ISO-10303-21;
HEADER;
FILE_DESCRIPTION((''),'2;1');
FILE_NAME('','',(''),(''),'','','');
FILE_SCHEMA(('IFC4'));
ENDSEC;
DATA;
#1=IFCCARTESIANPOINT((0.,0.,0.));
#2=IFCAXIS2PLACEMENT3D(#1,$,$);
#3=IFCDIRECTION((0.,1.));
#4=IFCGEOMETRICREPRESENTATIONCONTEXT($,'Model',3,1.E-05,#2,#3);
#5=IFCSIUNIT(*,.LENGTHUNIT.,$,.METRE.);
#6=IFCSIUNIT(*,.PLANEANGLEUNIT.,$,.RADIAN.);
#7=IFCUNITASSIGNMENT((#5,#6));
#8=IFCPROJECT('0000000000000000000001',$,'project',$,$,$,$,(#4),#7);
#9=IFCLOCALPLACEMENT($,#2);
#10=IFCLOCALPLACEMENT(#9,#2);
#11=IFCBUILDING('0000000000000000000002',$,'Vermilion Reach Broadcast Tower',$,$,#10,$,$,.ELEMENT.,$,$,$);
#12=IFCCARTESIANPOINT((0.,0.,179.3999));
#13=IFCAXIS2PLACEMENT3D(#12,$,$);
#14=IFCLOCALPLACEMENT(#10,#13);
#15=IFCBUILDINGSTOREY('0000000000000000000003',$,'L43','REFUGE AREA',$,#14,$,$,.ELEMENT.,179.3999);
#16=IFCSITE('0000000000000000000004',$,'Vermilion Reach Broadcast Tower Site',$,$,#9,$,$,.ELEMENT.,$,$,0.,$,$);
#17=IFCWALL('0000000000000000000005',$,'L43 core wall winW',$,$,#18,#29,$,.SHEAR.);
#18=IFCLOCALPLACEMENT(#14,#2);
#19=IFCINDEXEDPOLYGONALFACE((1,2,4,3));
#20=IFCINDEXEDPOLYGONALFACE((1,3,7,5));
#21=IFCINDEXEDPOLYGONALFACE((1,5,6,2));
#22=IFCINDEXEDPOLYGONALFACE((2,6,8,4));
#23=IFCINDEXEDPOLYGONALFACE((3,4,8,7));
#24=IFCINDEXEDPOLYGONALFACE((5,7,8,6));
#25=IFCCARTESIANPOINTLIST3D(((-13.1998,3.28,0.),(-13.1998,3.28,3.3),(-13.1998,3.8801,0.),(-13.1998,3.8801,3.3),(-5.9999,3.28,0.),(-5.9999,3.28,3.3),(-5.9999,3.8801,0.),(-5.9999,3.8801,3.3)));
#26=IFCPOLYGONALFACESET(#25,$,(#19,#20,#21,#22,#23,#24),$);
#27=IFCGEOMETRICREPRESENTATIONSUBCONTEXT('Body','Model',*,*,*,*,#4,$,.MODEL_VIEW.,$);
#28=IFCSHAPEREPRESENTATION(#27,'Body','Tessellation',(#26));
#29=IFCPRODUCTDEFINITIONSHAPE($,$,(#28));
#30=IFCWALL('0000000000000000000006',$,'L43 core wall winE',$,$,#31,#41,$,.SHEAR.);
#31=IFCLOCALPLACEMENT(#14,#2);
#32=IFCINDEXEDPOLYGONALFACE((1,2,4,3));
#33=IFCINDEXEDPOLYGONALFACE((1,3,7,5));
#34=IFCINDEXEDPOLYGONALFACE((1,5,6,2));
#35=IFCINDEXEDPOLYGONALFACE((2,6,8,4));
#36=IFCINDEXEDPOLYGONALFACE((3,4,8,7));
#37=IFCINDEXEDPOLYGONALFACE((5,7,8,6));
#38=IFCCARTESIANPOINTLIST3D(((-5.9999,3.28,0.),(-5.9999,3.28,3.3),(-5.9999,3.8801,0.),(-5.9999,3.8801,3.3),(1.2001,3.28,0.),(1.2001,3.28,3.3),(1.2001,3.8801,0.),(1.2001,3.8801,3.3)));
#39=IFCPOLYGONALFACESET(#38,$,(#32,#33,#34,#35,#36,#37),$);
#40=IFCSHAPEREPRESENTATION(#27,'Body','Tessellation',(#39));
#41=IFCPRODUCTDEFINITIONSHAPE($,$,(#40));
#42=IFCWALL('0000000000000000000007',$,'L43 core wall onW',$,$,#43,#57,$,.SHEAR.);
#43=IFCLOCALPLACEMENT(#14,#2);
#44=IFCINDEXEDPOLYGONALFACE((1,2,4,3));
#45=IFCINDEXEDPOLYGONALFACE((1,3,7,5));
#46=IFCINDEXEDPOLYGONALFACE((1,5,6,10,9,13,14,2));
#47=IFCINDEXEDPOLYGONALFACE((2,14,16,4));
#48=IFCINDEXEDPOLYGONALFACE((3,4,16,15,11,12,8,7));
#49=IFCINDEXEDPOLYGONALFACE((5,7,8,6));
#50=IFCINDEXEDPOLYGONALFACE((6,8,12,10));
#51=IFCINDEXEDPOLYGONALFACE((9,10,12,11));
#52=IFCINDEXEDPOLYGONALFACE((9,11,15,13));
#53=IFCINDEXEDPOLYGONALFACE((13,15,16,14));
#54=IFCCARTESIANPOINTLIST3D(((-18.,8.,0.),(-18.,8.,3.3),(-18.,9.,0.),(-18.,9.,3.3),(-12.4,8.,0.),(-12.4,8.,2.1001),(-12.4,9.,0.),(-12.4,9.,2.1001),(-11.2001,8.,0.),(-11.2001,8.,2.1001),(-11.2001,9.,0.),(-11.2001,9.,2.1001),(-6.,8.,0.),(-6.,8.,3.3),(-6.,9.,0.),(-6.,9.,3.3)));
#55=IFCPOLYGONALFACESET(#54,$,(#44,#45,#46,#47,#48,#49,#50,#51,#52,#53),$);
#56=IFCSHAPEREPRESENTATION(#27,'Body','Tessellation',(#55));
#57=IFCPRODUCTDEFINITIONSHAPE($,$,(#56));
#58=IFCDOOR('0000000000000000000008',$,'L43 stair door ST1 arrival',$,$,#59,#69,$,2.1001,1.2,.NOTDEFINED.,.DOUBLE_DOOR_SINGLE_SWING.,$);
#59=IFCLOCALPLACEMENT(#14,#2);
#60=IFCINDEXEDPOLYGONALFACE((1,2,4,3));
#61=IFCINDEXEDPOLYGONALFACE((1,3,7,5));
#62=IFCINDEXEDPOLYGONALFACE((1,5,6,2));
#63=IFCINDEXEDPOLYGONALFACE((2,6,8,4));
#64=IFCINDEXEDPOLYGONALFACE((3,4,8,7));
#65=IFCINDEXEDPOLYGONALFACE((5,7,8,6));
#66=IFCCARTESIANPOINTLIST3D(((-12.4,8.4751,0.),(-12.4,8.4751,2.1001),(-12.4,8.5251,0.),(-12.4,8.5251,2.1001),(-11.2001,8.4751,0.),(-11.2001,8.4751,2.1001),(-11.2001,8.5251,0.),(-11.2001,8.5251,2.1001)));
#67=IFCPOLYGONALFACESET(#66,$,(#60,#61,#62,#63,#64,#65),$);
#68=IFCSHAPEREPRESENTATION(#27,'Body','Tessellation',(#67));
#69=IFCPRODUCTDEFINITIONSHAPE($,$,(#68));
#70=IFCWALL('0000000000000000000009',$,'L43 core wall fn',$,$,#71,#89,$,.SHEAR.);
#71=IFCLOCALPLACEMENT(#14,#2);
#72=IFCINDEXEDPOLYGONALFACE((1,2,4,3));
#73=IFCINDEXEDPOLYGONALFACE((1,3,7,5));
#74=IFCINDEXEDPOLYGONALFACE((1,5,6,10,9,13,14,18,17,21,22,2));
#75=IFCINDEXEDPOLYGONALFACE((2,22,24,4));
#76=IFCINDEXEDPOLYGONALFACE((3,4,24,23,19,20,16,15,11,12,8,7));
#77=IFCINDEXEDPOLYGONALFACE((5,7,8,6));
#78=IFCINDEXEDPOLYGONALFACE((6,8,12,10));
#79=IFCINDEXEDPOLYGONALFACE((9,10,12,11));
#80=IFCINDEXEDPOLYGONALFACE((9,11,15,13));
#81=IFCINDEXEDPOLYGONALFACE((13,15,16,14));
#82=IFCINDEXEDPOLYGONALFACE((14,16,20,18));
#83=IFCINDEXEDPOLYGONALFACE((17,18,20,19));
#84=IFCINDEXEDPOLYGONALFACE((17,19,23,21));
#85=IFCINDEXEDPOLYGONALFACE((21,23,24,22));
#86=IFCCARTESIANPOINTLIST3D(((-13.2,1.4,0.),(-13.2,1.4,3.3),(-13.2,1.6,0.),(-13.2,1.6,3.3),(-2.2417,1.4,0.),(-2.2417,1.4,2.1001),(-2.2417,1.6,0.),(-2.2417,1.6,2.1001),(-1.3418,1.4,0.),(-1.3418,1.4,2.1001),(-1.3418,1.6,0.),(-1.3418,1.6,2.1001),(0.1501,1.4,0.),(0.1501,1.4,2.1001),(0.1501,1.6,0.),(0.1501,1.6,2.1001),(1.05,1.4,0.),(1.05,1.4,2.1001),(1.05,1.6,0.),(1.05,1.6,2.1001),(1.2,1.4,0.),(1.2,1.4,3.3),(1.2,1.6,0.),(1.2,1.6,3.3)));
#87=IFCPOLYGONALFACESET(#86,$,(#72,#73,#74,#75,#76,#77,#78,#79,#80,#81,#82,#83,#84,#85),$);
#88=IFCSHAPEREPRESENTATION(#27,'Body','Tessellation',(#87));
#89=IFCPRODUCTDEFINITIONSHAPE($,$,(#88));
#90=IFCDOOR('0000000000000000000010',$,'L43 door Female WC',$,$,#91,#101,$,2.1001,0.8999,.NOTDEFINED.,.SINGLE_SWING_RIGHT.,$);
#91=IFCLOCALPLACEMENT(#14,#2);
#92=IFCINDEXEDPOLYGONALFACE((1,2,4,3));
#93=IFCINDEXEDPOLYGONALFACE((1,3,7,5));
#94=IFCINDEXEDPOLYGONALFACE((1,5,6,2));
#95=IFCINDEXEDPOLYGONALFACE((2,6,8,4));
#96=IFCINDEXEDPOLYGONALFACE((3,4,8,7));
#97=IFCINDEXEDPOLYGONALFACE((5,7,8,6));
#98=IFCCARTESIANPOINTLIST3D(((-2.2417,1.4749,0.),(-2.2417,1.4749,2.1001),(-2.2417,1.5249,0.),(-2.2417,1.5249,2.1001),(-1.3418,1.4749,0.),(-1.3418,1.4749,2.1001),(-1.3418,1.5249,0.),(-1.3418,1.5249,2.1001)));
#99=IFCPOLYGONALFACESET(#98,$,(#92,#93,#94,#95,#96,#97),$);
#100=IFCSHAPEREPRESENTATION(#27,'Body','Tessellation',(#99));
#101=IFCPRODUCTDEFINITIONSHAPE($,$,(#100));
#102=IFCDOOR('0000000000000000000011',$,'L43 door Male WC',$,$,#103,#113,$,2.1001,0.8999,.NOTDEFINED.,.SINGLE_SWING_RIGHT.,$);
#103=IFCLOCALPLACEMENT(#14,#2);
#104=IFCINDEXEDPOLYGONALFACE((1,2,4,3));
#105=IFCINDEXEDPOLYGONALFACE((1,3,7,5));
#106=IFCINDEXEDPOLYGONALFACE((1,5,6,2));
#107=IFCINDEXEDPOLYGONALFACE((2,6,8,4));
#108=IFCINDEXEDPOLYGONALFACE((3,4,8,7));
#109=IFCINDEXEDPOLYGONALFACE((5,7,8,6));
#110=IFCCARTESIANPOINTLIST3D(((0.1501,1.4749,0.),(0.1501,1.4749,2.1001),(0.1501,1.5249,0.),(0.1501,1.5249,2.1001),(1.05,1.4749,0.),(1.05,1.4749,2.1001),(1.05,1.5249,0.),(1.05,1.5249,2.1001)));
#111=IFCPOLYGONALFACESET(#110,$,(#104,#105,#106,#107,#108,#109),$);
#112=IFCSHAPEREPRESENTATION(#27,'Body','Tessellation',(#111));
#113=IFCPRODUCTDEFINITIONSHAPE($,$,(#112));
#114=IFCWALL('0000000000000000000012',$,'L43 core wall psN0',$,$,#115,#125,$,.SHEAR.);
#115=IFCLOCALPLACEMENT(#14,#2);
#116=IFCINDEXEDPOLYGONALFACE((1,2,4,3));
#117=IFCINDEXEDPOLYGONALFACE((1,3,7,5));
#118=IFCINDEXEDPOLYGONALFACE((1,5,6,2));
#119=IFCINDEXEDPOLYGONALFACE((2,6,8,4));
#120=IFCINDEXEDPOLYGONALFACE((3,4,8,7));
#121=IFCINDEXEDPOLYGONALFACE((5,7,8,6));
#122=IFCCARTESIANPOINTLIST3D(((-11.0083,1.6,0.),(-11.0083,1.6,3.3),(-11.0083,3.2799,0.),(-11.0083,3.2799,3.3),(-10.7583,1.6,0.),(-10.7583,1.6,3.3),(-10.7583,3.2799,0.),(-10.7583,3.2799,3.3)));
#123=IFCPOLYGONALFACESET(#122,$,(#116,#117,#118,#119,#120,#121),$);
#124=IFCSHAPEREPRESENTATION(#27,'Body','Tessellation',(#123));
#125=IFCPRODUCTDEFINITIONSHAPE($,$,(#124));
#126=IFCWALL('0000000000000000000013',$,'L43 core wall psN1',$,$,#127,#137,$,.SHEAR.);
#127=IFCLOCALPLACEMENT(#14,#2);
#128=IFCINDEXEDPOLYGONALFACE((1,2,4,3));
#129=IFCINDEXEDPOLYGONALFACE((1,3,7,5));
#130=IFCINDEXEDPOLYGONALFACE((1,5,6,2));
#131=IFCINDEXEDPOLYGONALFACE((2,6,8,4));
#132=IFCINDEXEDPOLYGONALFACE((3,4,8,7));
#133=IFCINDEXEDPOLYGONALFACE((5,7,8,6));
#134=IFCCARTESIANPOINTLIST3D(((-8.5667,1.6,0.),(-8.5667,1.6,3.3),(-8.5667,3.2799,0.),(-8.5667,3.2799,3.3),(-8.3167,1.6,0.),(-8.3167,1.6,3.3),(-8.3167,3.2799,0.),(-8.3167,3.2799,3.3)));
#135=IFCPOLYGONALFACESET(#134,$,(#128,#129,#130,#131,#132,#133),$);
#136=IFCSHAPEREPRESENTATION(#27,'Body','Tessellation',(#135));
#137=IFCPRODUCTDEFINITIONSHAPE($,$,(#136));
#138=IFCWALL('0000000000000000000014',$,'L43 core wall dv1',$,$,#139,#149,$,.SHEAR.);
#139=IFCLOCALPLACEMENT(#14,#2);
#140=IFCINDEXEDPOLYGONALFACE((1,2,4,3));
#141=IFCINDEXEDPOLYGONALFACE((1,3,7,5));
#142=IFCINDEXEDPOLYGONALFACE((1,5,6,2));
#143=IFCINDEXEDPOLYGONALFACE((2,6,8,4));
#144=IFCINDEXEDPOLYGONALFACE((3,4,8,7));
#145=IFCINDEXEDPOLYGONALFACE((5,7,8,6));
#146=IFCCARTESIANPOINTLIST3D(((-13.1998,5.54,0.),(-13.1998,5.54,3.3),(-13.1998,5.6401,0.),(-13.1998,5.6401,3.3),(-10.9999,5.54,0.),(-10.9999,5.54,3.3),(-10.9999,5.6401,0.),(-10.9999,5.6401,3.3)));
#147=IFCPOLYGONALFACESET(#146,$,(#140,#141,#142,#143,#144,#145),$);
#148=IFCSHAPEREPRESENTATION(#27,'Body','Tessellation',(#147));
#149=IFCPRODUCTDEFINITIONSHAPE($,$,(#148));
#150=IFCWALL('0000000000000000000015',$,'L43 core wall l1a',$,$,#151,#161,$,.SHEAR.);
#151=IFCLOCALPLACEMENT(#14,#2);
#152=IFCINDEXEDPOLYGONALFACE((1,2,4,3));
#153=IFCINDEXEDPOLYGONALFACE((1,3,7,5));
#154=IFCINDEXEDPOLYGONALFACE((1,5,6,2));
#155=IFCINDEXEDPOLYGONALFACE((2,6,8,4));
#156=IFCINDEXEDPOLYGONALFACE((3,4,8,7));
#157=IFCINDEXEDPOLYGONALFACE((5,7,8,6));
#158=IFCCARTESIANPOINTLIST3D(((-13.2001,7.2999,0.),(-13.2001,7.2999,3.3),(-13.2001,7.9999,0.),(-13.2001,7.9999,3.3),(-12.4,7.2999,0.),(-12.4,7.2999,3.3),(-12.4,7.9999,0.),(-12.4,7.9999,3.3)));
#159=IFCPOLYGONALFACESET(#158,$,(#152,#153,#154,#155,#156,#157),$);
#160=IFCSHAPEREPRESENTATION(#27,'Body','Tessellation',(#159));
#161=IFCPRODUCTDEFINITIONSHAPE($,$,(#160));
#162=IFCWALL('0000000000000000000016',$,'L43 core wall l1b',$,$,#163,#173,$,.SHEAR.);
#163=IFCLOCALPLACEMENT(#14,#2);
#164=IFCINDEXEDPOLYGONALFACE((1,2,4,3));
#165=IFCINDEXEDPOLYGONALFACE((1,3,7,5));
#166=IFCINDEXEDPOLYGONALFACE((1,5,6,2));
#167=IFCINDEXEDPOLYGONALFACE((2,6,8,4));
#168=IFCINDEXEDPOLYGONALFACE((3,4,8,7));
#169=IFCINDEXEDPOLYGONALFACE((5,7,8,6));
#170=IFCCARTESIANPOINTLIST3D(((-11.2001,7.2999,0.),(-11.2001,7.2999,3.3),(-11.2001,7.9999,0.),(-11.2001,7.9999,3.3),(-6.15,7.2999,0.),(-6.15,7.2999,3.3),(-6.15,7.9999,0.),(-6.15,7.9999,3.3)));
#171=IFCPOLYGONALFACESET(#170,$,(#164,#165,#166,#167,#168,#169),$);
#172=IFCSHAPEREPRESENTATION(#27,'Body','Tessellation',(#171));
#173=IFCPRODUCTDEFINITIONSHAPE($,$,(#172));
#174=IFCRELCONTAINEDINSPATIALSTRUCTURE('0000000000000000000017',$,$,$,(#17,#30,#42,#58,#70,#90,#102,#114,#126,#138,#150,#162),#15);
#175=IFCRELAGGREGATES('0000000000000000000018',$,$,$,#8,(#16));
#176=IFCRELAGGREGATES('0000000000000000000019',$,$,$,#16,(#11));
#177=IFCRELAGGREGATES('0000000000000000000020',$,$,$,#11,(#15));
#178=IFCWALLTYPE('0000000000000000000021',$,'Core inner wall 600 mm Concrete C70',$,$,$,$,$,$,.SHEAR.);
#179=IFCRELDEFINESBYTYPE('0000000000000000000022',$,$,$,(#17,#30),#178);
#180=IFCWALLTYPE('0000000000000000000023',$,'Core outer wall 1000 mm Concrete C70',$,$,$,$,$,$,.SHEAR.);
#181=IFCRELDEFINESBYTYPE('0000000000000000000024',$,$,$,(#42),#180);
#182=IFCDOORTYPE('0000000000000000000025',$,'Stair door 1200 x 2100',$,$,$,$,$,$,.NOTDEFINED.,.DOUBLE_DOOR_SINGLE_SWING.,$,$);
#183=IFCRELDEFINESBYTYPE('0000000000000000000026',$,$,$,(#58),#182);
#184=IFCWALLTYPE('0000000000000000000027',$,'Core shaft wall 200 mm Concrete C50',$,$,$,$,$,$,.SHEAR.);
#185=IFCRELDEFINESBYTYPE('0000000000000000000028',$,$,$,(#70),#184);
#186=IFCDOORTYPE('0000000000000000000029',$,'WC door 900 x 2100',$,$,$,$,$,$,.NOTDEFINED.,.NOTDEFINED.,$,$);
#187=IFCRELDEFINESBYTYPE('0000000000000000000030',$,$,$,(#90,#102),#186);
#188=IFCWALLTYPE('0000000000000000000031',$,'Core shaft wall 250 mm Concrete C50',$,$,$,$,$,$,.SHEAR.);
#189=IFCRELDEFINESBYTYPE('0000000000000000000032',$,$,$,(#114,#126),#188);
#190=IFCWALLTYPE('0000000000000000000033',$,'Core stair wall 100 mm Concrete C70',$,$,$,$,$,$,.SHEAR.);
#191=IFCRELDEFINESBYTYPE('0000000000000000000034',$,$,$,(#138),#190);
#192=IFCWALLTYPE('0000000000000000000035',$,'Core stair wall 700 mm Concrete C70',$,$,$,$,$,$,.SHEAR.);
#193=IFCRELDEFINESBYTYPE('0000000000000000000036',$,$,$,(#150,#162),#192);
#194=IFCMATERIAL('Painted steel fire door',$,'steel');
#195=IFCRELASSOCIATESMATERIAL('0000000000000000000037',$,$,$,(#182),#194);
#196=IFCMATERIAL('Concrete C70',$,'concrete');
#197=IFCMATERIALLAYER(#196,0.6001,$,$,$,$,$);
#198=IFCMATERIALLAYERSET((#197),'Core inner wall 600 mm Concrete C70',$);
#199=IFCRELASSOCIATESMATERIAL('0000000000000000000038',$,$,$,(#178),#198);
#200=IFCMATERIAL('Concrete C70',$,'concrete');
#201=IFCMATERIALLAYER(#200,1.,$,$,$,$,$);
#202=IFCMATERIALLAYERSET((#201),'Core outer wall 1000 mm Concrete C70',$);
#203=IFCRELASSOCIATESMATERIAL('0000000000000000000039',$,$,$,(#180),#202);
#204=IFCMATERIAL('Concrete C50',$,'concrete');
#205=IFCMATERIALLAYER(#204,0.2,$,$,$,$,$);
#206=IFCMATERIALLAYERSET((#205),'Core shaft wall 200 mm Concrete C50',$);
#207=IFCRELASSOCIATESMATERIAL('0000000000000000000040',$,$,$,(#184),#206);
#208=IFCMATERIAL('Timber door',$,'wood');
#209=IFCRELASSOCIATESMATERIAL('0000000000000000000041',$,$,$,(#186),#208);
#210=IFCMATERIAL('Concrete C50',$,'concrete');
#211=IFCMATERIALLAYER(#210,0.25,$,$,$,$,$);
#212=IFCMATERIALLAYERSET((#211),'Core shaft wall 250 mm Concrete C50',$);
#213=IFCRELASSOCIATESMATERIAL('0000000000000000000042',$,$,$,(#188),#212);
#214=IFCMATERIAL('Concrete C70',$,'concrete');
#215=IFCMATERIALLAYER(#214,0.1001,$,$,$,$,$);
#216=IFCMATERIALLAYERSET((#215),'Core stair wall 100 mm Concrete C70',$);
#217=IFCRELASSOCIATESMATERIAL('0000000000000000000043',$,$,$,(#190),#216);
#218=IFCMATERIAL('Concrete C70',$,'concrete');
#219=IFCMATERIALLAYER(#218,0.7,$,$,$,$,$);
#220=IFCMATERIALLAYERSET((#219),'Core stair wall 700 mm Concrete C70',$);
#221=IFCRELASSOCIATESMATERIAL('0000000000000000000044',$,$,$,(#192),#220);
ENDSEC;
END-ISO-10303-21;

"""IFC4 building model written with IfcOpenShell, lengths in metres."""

from ifc_helpers import new_model, si_unit, direction, frame, frame_2d, origin, place, context, subcontext, project, spatial, rectangle, extrude, material, layer, layer_set, type_object, element, fill, save


model = new_model("IFC4")

# Units and contexts
model_context = context("Model", 3, precision=1e-05, world=origin(), true_north=direction((0.0, 1.0)))
body_context = subcontext(model_context, "Body", "Model", "MODEL_VIEW")
ifc_project = project(units=[si_unit("LENGTHUNIT", "METRE"), si_unit("PLANEANGLEUNIT", "RADIAN")], contexts=[model_context])

# Site, building, storey
site_placement = place(None, origin())
site = spatial("IfcSite", under=ifc_project, at=site_placement, Name="Vermilion Reach Broadcast Tower Site", CompositionType="ELEMENT", RefElevation=0.0)
building_placement = place(site_placement, origin())
building = spatial("IfcBuilding", under=site, at=building_placement, Name="Vermilion Reach Broadcast Tower", CompositionType="ELEMENT")
storey_placement = place(building_placement, frame((0.0, 0.0, 179.3999)))
storey = spatial("IfcBuildingStorey", under=building, at=storey_placement, Name="L43", Description="REFUGE AREA", CompositionType="ELEMENT", Elevation=179.3999)

# Shared definitions
ifc_material_1 = material(Name="Painted steel fire door", Category="steel")
door_type_1 = type_object("IfcDoorType", Name="Stair door 1200 x 2100", OperationType="DOUBLE_DOOR_SINGLE_SWING", PredefinedType="NOTDEFINED", material=ifc_material_1)

# Walls
ifc_material_2 = material(Name="Concrete C70", Category="concrete")
ifc_layer_1 = layer(ifc_material_2, 0.6001)
ifc_layer_set_1 = layer_set([ifc_layer_1], Name="Core inner wall 600 mm Concrete C70")
wall_type_1 = type_object("IfcWallType", Name="Core inner wall 600 mm Concrete C70", PredefinedType="SHEAR", material=ifc_layer_set_1)
for number, where, z_axis, x_axis, name in (
    (1, (-13.2, 3.5801, 0.0), (0.0, 0.0, 1.0), (1.0, 0.0, 0.0), "L43 core wall winW"),
    (2, (-6.0, 3.5801, 0.0), (0.0, 0.0, 1.0), (1.0, 0.0, 0.0), "L43 core wall winE"),
):
    element("IfcWall", number, at=place(storey_placement, frame(where, z_axis=z_axis, x_axis=x_axis)), inside=storey, type_object=wall_type_1, Name=name, PredefinedType="SHEAR", context=body_context, shape_type="SweptSolid", body=[
        extrude(rectangle(XDim=7.2, YDim=0.6001, at=frame_2d((3.6001, 0.0))), origin(), (0.0, 0.0, 1.0), 3.3),
    ])

# Wall, opening, door
ifc_material_3 = material(Name="Concrete C70", Category="concrete")
ifc_layer_2 = layer(ifc_material_3, 1.0)
ifc_layer_set_2 = layer_set([ifc_layer_2], Name="Core outer wall 1000 mm Concrete C70")
wall_type_2 = type_object("IfcWallType", Name="Core outer wall 1000 mm Concrete C70", PredefinedType="SHEAR", material=ifc_layer_set_2)
wall_1_placement = place(storey_placement, frame((-6.0, 8.5, 0.0), z_axis=(0.0, 0.0, 1.0), x_axis=(-1.0, 0.0, 0.0)))
wall_1 = element("IfcWall", 3, at=wall_1_placement, inside=storey, type_object=wall_type_2, Name="L43 core wall onW", PredefinedType="SHEAR", context=body_context, shape_type="SweptSolid", body=[
    extrude(rectangle(XDim=12.0, YDim=1.0, at=frame_2d((6.0, 0.0))), origin(), (0.0, 0.0, 1.0), 3.3),
])
opening_1_placement = place(wall_1_placement, frame((5.2, 0.0, 0.0)))
opening_1 = element("IfcOpeningElement", 4, at=opening_1_placement, cuts=wall_1, PredefinedType="OPENING", context=body_context, shape_type="SweptSolid", body=[
    extrude(rectangle(XDim=1.2, YDim=2.1001, at=frame_2d((0.6001, 1.05))), frame((0.0, 0.51, 0.0), z_axis=(0.0, -1.0, 0.0), x_axis=(1.0, 0.0, 0.0)), (0.0, 0.0, 1.0), 1.02),
])
door_1_placement = place(opening_1_placement, origin())
door_1 = element("IfcDoor", 5, at=door_1_placement, inside=storey, type_object=door_type_1, Name="L43 stair door ST1 arrival", OperationType="DOUBLE_DOOR_SINGLE_SWING", OverallHeight=2.1001, OverallWidth=1.2, PredefinedType="NOTDEFINED", context=body_context, shape_type="SweptSolid", body=[
    extrude(rectangle(XDim=1.2, YDim=2.1001, at=frame_2d((0.6001, 1.05))), frame((0.0, 0.0249, 0.0), z_axis=(0.0, -1.0, 0.0), x_axis=(1.0, 0.0, 0.0)), (0.0, 0.0, 1.0), 0.05),
])
fill(opening_1, door_1)

# Wall, openings, doors
ifc_material_4 = material(Name="Concrete C50", Category="concrete")
ifc_layer_3 = layer(ifc_material_4, 0.2)
ifc_layer_set_3 = layer_set([ifc_layer_3], Name="Core shaft wall 200 mm Concrete C50")
wall_type_3 = type_object("IfcWallType", Name="Core shaft wall 200 mm Concrete C50", PredefinedType="SHEAR", material=ifc_layer_set_3)
wall_2_placement = place(storey_placement, frame((-13.2, 1.5, 0.0), z_axis=(0.0, 0.0, 1.0), x_axis=(1.0, 0.0, 0.0)))
wall_2 = element("IfcWall", 6, at=wall_2_placement, inside=storey, type_object=wall_type_3, Name="L43 core wall fn", PredefinedType="SHEAR", context=body_context, shape_type="SweptSolid", body=[
    extrude(rectangle(XDim=14.3999, YDim=0.2, at=frame_2d((7.2, 0.0))), origin(), (0.0, 0.0, 1.0), 3.3),
])
opening_2_placement = place(wall_2_placement, frame((10.9583, 0.0, 0.0)))
opening_2 = element("IfcOpeningElement", 7, at=opening_2_placement, cuts=wall_2, PredefinedType="OPENING", context=body_context, shape_type="SweptSolid", body=[
    extrude(rectangle(XDim=0.8999, YDim=2.1001, at=frame_2d((0.45, 1.05))), frame((0.0, 0.1099, 0.0), z_axis=(0.0, -1.0, 0.0), x_axis=(1.0, 0.0, 0.0)), (0.0, 0.0, 1.0), 0.22),
])
opening_3_placement = place(wall_2_placement, frame((13.3501, 0.0, 0.0)))
opening_3 = element("IfcOpeningElement", 8, at=opening_3_placement, cuts=wall_2, PredefinedType="OPENING", context=body_context, shape_type="SweptSolid", body=[
    extrude(rectangle(XDim=0.8999, YDim=2.1001, at=frame_2d((0.45, 1.05))), frame((0.0, 0.1099, 0.0), z_axis=(0.0, -1.0, 0.0), x_axis=(1.0, 0.0, 0.0)), (0.0, 0.0, 1.0), 0.22),
])
ifc_material_5 = material(Name="Timber door", Category="wood")
door_type_2 = type_object("IfcDoorType", Name="WC door 900 x 2100", OperationType="NOTDEFINED", PredefinedType="NOTDEFINED", material=ifc_material_5)
door_2_placement = place(opening_2_placement, origin())
door_2 = element("IfcDoor", 9, at=door_2_placement, inside=storey, type_object=door_type_2, Name="L43 door Female WC", OperationType="SINGLE_SWING_RIGHT", OverallHeight=2.1001, OverallWidth=0.8999, PredefinedType="NOTDEFINED", context=body_context, shape_type="SweptSolid", body=[
    extrude(rectangle(XDim=0.8999, YDim=2.1001, at=frame_2d((0.45, 1.05))), frame((0.0, 0.0249, 0.0), z_axis=(0.0, -1.0, 0.0), x_axis=(1.0, 0.0, 0.0)), (0.0, 0.0, 1.0), 0.05),
])
fill(opening_2, door_2)
door_3_placement = place(opening_3_placement, origin())
door_3 = element("IfcDoor", 10, at=door_3_placement, inside=storey, type_object=door_type_2, Name="L43 door Male WC", OperationType="SINGLE_SWING_RIGHT", OverallHeight=2.1001, OverallWidth=0.8999, PredefinedType="NOTDEFINED", context=body_context, shape_type="SweptSolid", body=[
    extrude(rectangle(XDim=0.8999, YDim=2.1001, at=frame_2d((0.45, 1.05))), frame((0.0, 0.0249, 0.0), z_axis=(0.0, -1.0, 0.0), x_axis=(1.0, 0.0, 0.0)), (0.0, 0.0, 1.0), 0.05),
])
fill(opening_3, door_3)

# Walls
ifc_material_6 = material(Name="Concrete C50", Category="concrete")
ifc_layer_4 = layer(ifc_material_6, 0.25)
ifc_layer_set_4 = layer_set([ifc_layer_4], Name="Core shaft wall 250 mm Concrete C50")
wall_type_4 = type_object("IfcWallType", Name="Core shaft wall 250 mm Concrete C50", PredefinedType="SHEAR", material=ifc_layer_set_4)
for number, where, z_axis, x_axis, name in (
    (11, (-10.8833, 1.6001, 0.0), (0.0, 0.0, 1.0), (0.0, 1.0, 0.0), "L43 core wall psN0"),
    (12, (-8.4417, 1.6001, 0.0), (0.0, 0.0, 1.0), (0.0, 1.0, 0.0), "L43 core wall psN1"),
):
    element("IfcWall", number, at=place(storey_placement, frame(where, z_axis=z_axis, x_axis=x_axis)), inside=storey, type_object=wall_type_4, Name=name, PredefinedType="SHEAR", context=body_context, shape_type="SweptSolid", body=[
        extrude(rectangle(XDim=1.6799, YDim=0.25, at=frame_2d((0.8398, 0.0))), origin(), (0.0, 0.0, 1.0), 3.3),
    ])
ifc_material_7 = material(Name="Concrete C70", Category="concrete")
ifc_layer_5 = layer(ifc_material_7, 0.1001)
ifc_layer_set_5 = layer_set([ifc_layer_5], Name="Core stair wall 100 mm Concrete C70")
wall_type_5 = type_object("IfcWallType", Name="Core stair wall 100 mm Concrete C70", PredefinedType="SHEAR", material=ifc_layer_set_5)
wall_3_placement = place(storey_placement, frame((-13.2, 5.5901, 0.0), z_axis=(0.0, 0.0, 1.0), x_axis=(1.0, 0.0, 0.0)))
element("IfcWall", 13, at=wall_3_placement, inside=storey, type_object=wall_type_5, Name="L43 core wall dv1", PredefinedType="SHEAR", context=body_context, shape_type="SweptSolid", body=[
    extrude(rectangle(XDim=2.2, YDim=0.1001, at=frame_2d((1.1001, 0.0))), origin(), (0.0, 0.0, 1.0), 3.3),
])
ifc_material_8 = material(Name="Concrete C70", Category="concrete")
ifc_layer_6 = layer(ifc_material_8, 0.7)
ifc_layer_set_6 = layer_set([ifc_layer_6], Name="Core stair wall 700 mm Concrete C70")
wall_type_6 = type_object("IfcWallType", Name="Core stair wall 700 mm Concrete C70", PredefinedType="SHEAR", material=ifc_layer_set_6)
wall_4_placement = place(storey_placement, frame((-13.2, 7.6499, 0.0), z_axis=(0.0, 0.0, 1.0), x_axis=(1.0, 0.0, 0.0)))
element("IfcWall", 14, at=wall_4_placement, inside=storey, type_object=wall_type_6, Name="L43 core wall l1a", PredefinedType="SHEAR", context=body_context, shape_type="SweptSolid", body=[
    extrude(rectangle(XDim=0.8, YDim=0.7, at=frame_2d((0.3999, 0.0))), origin(), (0.0, 0.0, 1.0), 3.3),
])
wall_5_placement = place(storey_placement, frame((-11.2, 7.6499, 0.0), z_axis=(0.0, 0.0, 1.0), x_axis=(1.0, 0.0, 0.0)))
element("IfcWall", 15, at=wall_5_placement, inside=storey, type_object=wall_type_6, Name="L43 core wall l1b", PredefinedType="SHEAR", context=body_context, shape_type="SweptSolid", body=[
    extrude(rectangle(XDim=5.05, YDim=0.7, at=frame_2d((2.5249, 0.0))), origin(), (0.0, 0.0, 1.0), 3.3),
])

save(model, "model.ifc")
